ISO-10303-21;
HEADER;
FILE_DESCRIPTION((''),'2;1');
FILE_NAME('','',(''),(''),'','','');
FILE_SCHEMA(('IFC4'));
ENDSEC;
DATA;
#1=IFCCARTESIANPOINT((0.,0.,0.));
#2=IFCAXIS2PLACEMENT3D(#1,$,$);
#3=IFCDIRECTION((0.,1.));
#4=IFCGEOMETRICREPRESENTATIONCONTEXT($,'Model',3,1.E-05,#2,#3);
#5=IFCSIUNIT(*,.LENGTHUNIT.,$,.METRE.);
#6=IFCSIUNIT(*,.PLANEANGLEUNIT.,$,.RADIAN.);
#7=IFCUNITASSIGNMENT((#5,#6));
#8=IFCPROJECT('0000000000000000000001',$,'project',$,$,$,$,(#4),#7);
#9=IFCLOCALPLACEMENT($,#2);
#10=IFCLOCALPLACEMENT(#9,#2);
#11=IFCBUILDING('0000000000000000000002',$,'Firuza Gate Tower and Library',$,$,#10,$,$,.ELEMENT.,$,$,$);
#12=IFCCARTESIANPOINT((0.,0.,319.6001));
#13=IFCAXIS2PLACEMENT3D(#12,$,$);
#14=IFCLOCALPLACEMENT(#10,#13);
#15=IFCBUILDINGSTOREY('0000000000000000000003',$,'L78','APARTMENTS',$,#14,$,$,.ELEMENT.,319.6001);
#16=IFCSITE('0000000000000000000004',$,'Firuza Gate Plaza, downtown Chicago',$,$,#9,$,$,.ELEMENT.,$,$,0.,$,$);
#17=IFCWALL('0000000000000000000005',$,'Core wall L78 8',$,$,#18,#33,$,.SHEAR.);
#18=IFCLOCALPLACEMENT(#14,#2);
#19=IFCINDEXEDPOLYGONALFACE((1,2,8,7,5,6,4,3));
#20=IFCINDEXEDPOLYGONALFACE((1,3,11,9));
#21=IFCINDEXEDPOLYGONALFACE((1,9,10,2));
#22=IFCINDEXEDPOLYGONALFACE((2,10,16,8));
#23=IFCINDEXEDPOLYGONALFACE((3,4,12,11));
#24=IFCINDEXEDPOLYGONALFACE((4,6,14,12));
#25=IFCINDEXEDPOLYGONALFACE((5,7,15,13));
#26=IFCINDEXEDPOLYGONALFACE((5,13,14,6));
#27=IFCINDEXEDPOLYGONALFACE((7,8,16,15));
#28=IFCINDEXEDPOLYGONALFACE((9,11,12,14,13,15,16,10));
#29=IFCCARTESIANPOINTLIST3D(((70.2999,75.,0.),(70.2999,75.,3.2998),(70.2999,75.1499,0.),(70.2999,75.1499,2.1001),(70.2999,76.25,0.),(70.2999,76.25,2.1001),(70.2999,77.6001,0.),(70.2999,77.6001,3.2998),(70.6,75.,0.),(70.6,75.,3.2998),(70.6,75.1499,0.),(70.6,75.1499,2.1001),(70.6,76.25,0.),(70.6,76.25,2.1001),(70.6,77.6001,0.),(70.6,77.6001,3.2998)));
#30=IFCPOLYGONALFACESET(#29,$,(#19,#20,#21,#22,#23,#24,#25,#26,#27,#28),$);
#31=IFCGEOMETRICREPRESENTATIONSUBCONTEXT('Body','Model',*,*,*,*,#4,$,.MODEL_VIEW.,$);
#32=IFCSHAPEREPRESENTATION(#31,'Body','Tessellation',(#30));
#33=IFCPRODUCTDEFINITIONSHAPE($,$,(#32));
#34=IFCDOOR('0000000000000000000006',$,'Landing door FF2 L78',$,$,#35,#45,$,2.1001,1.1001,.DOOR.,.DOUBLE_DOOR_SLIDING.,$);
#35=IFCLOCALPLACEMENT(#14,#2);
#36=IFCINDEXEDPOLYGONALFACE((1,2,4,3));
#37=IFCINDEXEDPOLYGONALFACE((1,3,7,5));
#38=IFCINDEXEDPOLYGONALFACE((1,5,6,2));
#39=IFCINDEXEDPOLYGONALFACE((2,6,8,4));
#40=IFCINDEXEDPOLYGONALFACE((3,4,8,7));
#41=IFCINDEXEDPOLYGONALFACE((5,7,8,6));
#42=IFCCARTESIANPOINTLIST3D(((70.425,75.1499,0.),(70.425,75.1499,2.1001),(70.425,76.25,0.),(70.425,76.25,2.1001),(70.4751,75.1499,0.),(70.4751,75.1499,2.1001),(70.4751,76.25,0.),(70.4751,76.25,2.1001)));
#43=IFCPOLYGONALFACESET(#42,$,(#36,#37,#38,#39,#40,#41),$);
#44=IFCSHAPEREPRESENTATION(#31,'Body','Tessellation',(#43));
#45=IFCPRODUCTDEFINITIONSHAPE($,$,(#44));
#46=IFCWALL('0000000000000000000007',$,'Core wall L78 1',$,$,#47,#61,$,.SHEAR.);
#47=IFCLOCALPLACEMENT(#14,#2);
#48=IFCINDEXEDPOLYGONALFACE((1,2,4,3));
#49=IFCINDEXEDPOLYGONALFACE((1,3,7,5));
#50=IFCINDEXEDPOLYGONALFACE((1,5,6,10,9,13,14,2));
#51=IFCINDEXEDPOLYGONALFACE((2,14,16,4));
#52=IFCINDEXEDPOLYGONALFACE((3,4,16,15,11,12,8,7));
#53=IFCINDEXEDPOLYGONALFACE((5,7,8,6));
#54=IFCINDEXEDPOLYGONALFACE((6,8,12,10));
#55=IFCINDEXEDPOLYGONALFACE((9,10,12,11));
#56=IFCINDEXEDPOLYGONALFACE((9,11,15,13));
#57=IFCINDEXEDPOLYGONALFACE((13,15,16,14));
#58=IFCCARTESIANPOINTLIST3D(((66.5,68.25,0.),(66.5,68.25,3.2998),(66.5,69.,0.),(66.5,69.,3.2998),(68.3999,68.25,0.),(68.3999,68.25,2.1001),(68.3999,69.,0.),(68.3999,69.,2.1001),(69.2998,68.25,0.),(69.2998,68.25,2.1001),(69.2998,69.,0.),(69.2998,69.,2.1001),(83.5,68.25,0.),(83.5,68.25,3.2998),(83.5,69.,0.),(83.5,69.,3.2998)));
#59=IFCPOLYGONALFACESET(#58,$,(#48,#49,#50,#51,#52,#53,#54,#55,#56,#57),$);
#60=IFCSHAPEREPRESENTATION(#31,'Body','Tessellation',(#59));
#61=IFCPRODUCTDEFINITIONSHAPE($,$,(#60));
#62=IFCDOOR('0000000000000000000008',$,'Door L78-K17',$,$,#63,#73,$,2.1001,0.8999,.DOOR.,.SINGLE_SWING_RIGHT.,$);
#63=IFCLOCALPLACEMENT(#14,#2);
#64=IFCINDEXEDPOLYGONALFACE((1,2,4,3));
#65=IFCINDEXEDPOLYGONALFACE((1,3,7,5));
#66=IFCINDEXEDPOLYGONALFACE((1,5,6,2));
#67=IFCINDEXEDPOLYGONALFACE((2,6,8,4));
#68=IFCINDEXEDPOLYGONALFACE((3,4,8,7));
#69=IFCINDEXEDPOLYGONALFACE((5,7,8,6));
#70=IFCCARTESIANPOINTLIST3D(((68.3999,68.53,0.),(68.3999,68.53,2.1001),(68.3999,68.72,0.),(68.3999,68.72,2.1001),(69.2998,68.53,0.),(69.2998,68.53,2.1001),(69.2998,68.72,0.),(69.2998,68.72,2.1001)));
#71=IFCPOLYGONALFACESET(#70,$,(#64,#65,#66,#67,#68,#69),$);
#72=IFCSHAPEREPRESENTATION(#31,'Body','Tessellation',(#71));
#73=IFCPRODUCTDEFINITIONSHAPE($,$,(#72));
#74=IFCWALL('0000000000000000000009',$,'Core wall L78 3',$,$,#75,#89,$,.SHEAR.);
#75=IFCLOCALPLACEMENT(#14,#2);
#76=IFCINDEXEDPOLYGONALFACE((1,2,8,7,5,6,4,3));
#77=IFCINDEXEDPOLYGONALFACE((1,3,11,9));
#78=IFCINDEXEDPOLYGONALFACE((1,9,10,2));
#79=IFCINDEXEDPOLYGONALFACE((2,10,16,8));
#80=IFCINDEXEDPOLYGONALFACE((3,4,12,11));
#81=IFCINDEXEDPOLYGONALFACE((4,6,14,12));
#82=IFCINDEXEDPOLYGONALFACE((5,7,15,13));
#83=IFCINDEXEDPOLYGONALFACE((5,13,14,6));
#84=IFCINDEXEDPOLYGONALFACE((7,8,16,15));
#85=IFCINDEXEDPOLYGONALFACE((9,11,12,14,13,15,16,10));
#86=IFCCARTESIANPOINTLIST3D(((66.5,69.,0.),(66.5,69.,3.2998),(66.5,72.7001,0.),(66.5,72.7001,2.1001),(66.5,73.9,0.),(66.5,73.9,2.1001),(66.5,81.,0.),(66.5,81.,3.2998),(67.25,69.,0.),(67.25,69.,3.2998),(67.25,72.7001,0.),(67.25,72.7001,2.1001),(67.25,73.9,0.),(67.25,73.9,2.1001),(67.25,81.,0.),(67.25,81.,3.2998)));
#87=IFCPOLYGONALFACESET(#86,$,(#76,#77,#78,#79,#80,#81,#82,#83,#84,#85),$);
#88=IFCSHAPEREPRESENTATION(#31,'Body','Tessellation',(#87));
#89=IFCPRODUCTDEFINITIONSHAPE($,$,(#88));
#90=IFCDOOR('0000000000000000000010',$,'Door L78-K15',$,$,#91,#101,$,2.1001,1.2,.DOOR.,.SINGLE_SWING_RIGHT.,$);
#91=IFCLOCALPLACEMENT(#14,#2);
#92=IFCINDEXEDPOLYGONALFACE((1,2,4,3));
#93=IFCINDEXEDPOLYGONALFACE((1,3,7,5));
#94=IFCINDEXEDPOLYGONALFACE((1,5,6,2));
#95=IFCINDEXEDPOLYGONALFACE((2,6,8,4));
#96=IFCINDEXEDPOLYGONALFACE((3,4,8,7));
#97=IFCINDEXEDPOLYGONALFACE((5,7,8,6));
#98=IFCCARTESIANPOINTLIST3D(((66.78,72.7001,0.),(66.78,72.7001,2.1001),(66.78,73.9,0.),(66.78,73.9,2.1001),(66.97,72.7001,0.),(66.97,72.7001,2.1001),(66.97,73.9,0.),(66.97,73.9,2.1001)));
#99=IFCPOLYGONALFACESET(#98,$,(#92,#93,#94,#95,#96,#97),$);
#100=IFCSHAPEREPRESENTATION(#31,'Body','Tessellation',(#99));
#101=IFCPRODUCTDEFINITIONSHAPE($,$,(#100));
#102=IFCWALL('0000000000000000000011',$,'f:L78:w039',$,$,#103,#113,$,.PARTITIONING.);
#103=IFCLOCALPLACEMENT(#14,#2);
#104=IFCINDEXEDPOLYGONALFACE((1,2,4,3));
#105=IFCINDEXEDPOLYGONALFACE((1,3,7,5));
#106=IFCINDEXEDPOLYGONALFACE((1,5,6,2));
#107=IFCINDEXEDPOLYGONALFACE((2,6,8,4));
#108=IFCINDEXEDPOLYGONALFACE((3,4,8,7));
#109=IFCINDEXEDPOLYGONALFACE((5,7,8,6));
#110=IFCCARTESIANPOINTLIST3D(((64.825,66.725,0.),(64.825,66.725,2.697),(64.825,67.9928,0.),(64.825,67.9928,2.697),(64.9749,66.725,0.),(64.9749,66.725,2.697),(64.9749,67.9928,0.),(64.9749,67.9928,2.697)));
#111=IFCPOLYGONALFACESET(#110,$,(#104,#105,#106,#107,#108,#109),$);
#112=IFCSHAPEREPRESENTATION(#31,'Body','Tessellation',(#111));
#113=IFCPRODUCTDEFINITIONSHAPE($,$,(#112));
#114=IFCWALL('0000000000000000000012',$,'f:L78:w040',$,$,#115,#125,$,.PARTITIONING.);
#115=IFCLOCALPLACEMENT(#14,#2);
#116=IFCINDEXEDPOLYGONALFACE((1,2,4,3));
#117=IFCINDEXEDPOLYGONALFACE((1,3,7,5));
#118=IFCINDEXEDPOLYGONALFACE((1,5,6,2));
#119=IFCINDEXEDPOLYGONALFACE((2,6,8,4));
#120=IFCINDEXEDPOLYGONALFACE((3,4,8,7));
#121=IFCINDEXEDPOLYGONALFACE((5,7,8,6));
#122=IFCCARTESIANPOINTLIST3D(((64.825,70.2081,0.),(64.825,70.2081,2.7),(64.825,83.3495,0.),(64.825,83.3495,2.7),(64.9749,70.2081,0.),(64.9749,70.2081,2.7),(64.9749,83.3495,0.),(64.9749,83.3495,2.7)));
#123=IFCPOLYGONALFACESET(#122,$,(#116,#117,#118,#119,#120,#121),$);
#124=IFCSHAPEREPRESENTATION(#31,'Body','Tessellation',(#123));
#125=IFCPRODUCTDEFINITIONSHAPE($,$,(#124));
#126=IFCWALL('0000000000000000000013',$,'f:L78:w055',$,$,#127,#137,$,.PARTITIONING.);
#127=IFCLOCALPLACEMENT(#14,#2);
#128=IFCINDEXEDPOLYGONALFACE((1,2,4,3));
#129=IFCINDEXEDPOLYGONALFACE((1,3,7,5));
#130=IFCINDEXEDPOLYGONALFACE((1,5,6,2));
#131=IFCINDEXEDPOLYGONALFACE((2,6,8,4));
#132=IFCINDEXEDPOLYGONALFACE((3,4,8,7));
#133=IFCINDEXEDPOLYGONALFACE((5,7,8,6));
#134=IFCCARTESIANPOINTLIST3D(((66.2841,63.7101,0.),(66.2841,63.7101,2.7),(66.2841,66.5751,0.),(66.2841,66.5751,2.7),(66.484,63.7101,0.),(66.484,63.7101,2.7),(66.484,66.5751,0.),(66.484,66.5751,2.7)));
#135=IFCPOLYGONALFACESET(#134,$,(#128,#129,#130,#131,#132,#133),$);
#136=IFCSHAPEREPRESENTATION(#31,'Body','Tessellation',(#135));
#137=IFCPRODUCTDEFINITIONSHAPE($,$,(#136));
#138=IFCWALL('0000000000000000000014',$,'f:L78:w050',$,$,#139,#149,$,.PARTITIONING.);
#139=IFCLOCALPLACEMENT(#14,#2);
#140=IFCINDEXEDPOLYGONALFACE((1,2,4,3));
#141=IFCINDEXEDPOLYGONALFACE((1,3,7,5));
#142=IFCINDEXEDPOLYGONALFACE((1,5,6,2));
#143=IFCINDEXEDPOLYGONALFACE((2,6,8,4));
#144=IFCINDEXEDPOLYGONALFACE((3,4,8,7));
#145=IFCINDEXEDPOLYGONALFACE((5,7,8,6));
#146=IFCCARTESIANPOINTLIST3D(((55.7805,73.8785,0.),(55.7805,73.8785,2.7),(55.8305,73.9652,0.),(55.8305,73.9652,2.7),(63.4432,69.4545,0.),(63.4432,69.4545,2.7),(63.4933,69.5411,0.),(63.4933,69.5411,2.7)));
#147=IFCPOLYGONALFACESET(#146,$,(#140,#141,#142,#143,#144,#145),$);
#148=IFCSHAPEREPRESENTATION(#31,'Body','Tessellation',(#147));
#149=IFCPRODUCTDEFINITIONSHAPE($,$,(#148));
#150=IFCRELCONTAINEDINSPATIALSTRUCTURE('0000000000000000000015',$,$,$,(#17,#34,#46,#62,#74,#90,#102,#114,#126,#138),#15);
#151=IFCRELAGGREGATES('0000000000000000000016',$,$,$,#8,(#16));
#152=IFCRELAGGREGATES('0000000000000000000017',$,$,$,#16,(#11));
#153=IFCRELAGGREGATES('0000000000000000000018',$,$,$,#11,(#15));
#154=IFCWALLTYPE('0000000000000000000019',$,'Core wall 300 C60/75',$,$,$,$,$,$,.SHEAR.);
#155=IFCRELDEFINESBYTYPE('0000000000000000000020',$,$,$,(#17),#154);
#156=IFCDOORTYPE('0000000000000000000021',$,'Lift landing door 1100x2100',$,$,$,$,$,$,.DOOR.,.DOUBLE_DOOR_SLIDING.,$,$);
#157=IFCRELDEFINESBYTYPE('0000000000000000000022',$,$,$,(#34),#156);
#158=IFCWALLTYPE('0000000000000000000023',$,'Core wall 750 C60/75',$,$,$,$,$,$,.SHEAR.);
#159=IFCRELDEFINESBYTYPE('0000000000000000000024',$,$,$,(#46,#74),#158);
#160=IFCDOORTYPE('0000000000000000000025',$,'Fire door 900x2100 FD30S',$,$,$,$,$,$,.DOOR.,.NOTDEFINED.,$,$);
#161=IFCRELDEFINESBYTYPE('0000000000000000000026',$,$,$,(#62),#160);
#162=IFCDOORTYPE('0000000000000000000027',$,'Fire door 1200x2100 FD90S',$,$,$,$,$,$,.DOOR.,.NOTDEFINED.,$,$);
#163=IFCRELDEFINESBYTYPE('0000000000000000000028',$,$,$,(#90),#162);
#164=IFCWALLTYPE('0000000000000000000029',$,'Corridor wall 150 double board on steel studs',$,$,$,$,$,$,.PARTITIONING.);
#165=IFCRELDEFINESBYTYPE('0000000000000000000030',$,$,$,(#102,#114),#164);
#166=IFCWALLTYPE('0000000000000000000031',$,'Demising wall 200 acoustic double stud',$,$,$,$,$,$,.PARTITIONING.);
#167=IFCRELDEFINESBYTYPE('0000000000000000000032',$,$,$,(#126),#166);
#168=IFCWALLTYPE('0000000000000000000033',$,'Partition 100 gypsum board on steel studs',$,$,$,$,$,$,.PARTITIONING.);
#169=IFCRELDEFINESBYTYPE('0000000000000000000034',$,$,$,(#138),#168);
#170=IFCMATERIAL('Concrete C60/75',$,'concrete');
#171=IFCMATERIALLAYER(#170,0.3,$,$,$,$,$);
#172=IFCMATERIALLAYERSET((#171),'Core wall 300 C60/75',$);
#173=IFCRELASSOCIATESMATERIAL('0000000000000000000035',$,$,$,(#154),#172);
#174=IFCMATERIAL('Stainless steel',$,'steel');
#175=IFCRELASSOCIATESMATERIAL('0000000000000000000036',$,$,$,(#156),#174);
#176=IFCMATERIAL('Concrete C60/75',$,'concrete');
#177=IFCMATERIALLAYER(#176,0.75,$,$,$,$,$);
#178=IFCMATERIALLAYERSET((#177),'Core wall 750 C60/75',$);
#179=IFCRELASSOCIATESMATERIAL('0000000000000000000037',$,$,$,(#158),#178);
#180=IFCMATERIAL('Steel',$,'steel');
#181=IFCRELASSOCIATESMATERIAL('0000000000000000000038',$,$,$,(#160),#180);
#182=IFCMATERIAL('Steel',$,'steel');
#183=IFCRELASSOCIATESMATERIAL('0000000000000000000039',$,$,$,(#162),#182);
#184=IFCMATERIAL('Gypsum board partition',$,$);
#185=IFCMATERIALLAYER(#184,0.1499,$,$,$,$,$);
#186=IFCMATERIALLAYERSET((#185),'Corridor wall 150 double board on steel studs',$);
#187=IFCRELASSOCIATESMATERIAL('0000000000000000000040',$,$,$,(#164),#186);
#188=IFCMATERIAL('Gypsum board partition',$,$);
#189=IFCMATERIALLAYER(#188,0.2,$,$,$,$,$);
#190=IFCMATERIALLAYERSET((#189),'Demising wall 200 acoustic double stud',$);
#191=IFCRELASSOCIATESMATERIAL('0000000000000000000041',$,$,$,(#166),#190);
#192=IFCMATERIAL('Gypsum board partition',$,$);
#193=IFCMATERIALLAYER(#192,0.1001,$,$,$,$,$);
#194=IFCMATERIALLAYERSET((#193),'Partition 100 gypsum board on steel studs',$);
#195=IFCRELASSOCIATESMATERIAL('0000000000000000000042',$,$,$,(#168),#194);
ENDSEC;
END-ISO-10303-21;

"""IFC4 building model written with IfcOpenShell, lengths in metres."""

from ifc_helpers import new_model, si_unit, direction, frame, frame_2d, origin, place, context, subcontext, project, spatial, rectangle, extrude, material, layer, layer_set, type_object, element, fill, save


model = new_model("IFC4")

# Units and contexts
model_context = context("Model", 3, precision=1e-05, world=origin(), true_north=direction((0.0, 1.0)))
body_context = subcontext(model_context, "Body", "Model", "MODEL_VIEW")
ifc_project = project(units=[si_unit("LENGTHUNIT", "METRE"), si_unit("PLANEANGLEUNIT", "RADIAN")], contexts=[model_context])

# Site, building, storey
site_placement = place(None, origin())
site = spatial("IfcSite", under=ifc_project, at=site_placement, Name="Firuza Gate Plaza, downtown Chicago", CompositionType="ELEMENT", RefElevation=0.0)
building_placement = place(site_placement, origin())
building = spatial("IfcBuilding", under=site, at=building_placement, Name="Firuza Gate Tower and Library", CompositionType="ELEMENT")
storey_placement = place(building_placement, frame((0.0, 0.0, 319.6001)))
storey = spatial("IfcBuildingStorey", under=building, at=storey_placement, Name="L78", Description="APARTMENTS", CompositionType="ELEMENT", Elevation=319.6001)

# Shared definitions
ifc_material_1 = material(Name="Concrete C60/75", Category="concrete")
ifc_layer_1 = layer(ifc_material_1, 0.3)
ifc_layer_set_1 = layer_set([ifc_layer_1], Name="Core wall 300 C60/75")
wall_type_1 = type_object("IfcWallType", Name="Core wall 300 C60/75", PredefinedType="SHEAR", material=ifc_layer_set_1)
ifc_material_2 = material(Name="Stainless steel", Category="steel")
door_type_1 = type_object("IfcDoorType", Name="Lift landing door 1100x2100", OperationType="DOUBLE_DOOR_SLIDING", PredefinedType="DOOR", material=ifc_material_2)

# Walls, openings, doors
wall_1_placement = place(storey_placement, frame((70.45, 75.0, 0.0), z_axis=(0.0, 0.0, 1.0), x_axis=(0.0, 1.0, 0.0)))
wall_1 = element("IfcWall", 1, at=wall_1_placement, inside=storey, type_object=wall_type_1, Name="Core wall L78 8", PredefinedType="SHEAR", context=body_context, shape_type="SweptSolid", body=[
    extrude(rectangle(XDim=2.6001, YDim=0.3, at=frame_2d((1.3, 0.0))), origin(), (0.0, 0.0, 1.0), 3.2998),
])
opening_1_placement = place(wall_1_placement, frame((0.1499, 0.0, 0.0)))
opening_1 = element("IfcOpeningElement", 2, at=opening_1_placement, cuts=wall_1, PredefinedType="OPENING", context=body_context, shape_type="SweptSolid", body=[
    extrude(rectangle(XDim=1.1001, YDim=2.1001, at=frame_2d((0.55, 1.05))), frame((0.0, 0.1602, 0.0), z_axis=(0.0, -1.0, 0.0), x_axis=(1.0, 0.0, 0.0)), (0.0, 0.0, 1.0), 0.3201),
])
door_1_placement = place(opening_1_placement, origin())
door_1 = element("IfcDoor", 3, at=door_1_placement, inside=storey, type_object=door_type_1, Name="Landing door FF2 L78", OperationType="DOUBLE_DOOR_SLIDING", OverallHeight=2.1001, OverallWidth=1.1001, PredefinedType="DOOR", context=body_context, shape_type="SweptSolid", body=[
    extrude(rectangle(XDim=1.1001, YDim=2.1001, at=frame_2d((0.55, 1.05))), frame((0.0, 0.0249, 0.0), z_axis=(0.0, -1.0, 0.0), x_axis=(1.0, 0.0, 0.0)), (0.0, 0.0, 1.0), 0.05),
])
fill(opening_1, door_1)
ifc_material_3 = material(Name="Concrete C60/75", Category="concrete")
ifc_layer_2 = layer(ifc_material_3, 0.75)
ifc_layer_set_2 = layer_set([ifc_layer_2], Name="Core wall 750 C60/75")
wall_type_2 = type_object("IfcWallType", Name="Core wall 750 C60/75", PredefinedType="SHEAR", material=ifc_layer_set_2)
wall_2_placement = place(storey_placement, frame((66.5, 68.625, 0.0), z_axis=(0.0, 0.0, 1.0), x_axis=(1.0, 0.0, 0.0)))
wall_2 = element("IfcWall", 4, at=wall_2_placement, inside=storey, type_object=wall_type_2, Name="Core wall L78 1", PredefinedType="SHEAR", context=body_context, shape_type="SweptSolid", body=[
    extrude(rectangle(XDim=17.0, YDim=0.75, at=frame_2d((8.5, 0.0))), origin(), (0.0, 0.0, 1.0), 3.2998),
])
opening_2_placement = place(wall_2_placement, frame((1.8999, 0.0, 0.0)))
opening_2 = element("IfcOpeningElement", 5, at=opening_2_placement, cuts=wall_2, PredefinedType="OPENING", context=body_context, shape_type="SweptSolid", body=[
    extrude(rectangle(XDim=0.8999, YDim=2.1001, at=frame_2d((0.45, 1.05))), frame((0.0, 0.385, 0.0), z_axis=(0.0, -1.0, 0.0), x_axis=(1.0, 0.0, 0.0)), (0.0, 0.0, 1.0), 0.77),
])
ifc_material_4 = material(Name="Steel", Category="steel")
door_type_2 = type_object("IfcDoorType", Name="Fire door 900x2100 FD30S", OperationType="NOTDEFINED", PredefinedType="DOOR", material=ifc_material_4)
door_2_placement = place(opening_2_placement, origin())
door_2 = element("IfcDoor", 6, at=door_2_placement, inside=storey, type_object=door_type_2, Name="Door L78-K17", OperationType="SINGLE_SWING_RIGHT", OverallHeight=2.1001, OverallWidth=0.8999, PredefinedType="DOOR", context=body_context, shape_type="SweptSolid", body=[
    extrude(rectangle(XDim=0.8999, YDim=2.1001, at=frame_2d((0.45, 1.05))), frame((0.0, 0.095, 0.0), z_axis=(0.0, -1.0, 0.0), x_axis=(1.0, 0.0, 0.0)), (0.0, 0.0, 1.0), 0.1899),
])
fill(opening_2, door_2)
wall_3_placement = place(storey_placement, frame((66.875, 69.0, 0.0), z_axis=(0.0, 0.0, 1.0), x_axis=(0.0, 1.0, 0.0)))
wall_3 = element("IfcWall", 7, at=wall_3_placement, inside=storey, type_object=wall_type_2, Name="Core wall L78 3", PredefinedType="SHEAR", context=body_context, shape_type="SweptSolid", body=[
    extrude(rectangle(XDim=12.0, YDim=0.75, at=frame_2d((6.0, 0.0))), origin(), (0.0, 0.0, 1.0), 3.2998),
])
opening_3_placement = place(wall_3_placement, frame((3.7, 0.0, 0.0)))
opening_3 = element("IfcOpeningElement", 8, at=opening_3_placement, cuts=wall_3, PredefinedType="OPENING", context=body_context, shape_type="SweptSolid", body=[
    extrude(rectangle(XDim=1.2, YDim=2.1001, at=frame_2d((0.6001, 1.05))), frame((0.0, 0.385, 0.0), z_axis=(0.0, -1.0, 0.0), x_axis=(1.0, 0.0, 0.0)), (0.0, 0.0, 1.0), 0.77),
])
ifc_material_5 = material(Name="Steel", Category="steel")
door_type_3 = type_object("IfcDoorType", Name="Fire door 1200x2100 FD90S", OperationType="NOTDEFINED", PredefinedType="DOOR", material=ifc_material_5)
door_3_placement = place(opening_3_placement, origin())
door_3 = element("IfcDoor", 9, at=door_3_placement, inside=storey, type_object=door_type_3, Name="Door L78-K15", OperationType="SINGLE_SWING_RIGHT", OverallHeight=2.1001, OverallWidth=1.2, PredefinedType="DOOR", context=body_context, shape_type="SweptSolid", body=[
    extrude(rectangle(XDim=1.2, YDim=2.1001, at=frame_2d((0.6001, 1.05))), frame((0.0, 0.095, 0.0), z_axis=(0.0, -1.0, 0.0), x_axis=(1.0, 0.0, 0.0)), (0.0, 0.0, 1.0), 0.1899),
])
fill(opening_3, door_3)

# Walls
ifc_material_6 = material(Name="Gypsum board partition")
ifc_layer_3 = layer(ifc_material_6, 0.1499)
ifc_layer_set_3 = layer_set([ifc_layer_3], Name="Corridor wall 150 double board on steel studs")
wall_type_3 = type_object("IfcWallType", Name="Corridor wall 150 double board on steel studs", PredefinedType="PARTITIONING", material=ifc_layer_set_3)
wall_4_placement = place(storey_placement, frame((64.8999, 66.7251, 0.0), z_axis=(0.0, 0.0, 1.0), x_axis=(0.0, 1.0, 0.0)))
element("IfcWall", 10, at=wall_4_placement, inside=storey, type_object=wall_type_3, Name="f:L78:w039", PredefinedType="PARTITIONING", context=body_context, shape_type="SweptSolid", body=[
    extrude(rectangle(XDim=1.2678, YDim=0.1499, at=frame_2d((0.6338, 0.0))), origin(), (0.0, 0.0, 1.0), 2.697),
])
wall_5_placement = place(storey_placement, frame((64.8999, 70.208, 0.0), z_axis=(0.0, 0.0, 1.0), x_axis=(0.0, 1.0, 0.0)))
element("IfcWall", 11, at=wall_5_placement, inside=storey, type_object=wall_type_3, Name="f:L78:w040", PredefinedType="PARTITIONING", context=body_context, shape_type="SweptSolid", body=[
    extrude(rectangle(XDim=13.1414, YDim=0.1499, at=frame_2d((6.5708, 0.0))), origin(), (0.0, 0.0, 1.0), 2.7),
])
ifc_material_7 = material(Name="Gypsum board partition")
ifc_layer_4 = layer(ifc_material_7, 0.2)
ifc_layer_set_4 = layer_set([ifc_layer_4], Name="Demising wall 200 acoustic double stud")
wall_type_4 = type_object("IfcWallType", Name="Demising wall 200 acoustic double stud", PredefinedType="PARTITIONING", material=ifc_layer_set_4)
wall_6_placement = place(storey_placement, frame((66.384, 63.71, 0.0), z_axis=(0.0, 0.0, 1.0), x_axis=(0.0, 1.0, 0.0)))
element("IfcWall", 12, at=wall_6_placement, inside=storey, type_object=wall_type_4, Name="f:L78:w055", PredefinedType="PARTITIONING", context=body_context, shape_type="SweptSolid", body=[
    extrude(rectangle(XDim=2.865, YDim=0.2, at=frame_2d((1.4326, 0.0))), origin(), (0.0, 0.0, 1.0), 2.7),
])
ifc_material_8 = material(Name="Gypsum board partition")
ifc_layer_5 = layer(ifc_material_8, 0.1001)
ifc_layer_set_5 = layer_set([ifc_layer_5], Name="Partition 100 gypsum board on steel studs")
wall_type_5 = type_object("IfcWallType", Name="Partition 100 gypsum board on steel studs", PredefinedType="PARTITIONING", material=ifc_layer_set_5)
wall_7_placement = place(storey_placement, frame((63.4683, 69.4978, 0.0), z_axis=(0.0, 0.0, 1.0), x_axis=(-0.866029, 0.499994, 0.0)))
element("IfcWall", 13, at=wall_7_placement, inside=storey, type_object=wall_type_5, Name="f:L78:w050", PredefinedType="PARTITIONING", context=body_context, shape_type="SweptSolid", body=[
    extrude(rectangle(XDim=8.8481, YDim=0.1001, at=frame_2d((4.4241, 0.0))), origin(), (0.0, 0.0, 1.0), 2.7),
])

save(model, "model.ifc")
